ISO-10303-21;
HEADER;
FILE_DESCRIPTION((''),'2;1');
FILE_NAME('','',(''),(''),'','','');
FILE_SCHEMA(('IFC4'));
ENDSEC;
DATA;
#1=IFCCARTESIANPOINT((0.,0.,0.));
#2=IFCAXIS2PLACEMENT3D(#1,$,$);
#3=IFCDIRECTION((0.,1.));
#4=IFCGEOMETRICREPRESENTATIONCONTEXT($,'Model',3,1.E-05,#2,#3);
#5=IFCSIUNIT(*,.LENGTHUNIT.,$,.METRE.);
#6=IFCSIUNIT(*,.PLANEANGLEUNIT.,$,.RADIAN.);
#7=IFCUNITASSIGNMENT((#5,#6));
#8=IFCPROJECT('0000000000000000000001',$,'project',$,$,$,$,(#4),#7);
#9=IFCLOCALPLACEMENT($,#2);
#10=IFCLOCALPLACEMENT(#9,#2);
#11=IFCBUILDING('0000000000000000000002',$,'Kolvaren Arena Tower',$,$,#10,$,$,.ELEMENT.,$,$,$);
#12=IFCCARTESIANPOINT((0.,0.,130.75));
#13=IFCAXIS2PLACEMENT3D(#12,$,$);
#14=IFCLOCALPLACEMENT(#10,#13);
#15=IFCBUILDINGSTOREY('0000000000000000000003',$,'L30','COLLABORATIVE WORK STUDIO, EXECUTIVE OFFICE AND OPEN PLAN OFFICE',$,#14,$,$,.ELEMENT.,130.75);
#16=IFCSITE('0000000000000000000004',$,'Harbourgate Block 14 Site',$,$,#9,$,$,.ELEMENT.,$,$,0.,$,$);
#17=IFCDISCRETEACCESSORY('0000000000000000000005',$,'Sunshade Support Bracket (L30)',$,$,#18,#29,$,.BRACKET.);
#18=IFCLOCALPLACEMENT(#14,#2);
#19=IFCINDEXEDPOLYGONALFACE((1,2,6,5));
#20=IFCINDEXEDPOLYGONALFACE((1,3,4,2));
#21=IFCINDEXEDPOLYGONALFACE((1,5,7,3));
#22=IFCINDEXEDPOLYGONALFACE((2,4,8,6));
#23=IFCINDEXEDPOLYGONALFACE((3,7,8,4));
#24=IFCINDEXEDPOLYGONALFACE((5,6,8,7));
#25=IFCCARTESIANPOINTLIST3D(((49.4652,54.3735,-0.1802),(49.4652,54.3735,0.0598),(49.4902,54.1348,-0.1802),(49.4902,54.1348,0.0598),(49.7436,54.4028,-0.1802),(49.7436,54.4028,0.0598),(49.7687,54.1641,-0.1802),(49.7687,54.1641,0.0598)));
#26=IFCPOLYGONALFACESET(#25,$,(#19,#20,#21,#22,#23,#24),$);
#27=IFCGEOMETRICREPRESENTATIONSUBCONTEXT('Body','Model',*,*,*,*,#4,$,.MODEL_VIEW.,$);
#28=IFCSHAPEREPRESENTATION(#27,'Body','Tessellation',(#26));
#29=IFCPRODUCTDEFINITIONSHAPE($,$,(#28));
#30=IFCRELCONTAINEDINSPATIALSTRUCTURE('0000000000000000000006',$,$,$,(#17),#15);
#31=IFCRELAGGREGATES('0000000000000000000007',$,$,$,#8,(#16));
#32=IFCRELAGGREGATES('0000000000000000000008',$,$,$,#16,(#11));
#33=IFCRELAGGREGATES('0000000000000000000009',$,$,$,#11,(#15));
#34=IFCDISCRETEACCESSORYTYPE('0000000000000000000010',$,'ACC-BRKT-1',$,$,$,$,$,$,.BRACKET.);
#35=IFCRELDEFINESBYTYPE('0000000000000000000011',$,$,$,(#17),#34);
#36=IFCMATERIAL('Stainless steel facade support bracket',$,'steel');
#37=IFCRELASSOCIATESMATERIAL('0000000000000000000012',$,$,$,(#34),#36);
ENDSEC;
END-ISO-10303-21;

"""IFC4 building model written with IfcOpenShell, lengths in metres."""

from ifc_helpers import new_model, si_unit, direction, frame, origin, origin_2d, place, context, subcontext, project, spatial, rectangle, extrude, material, type_object, element, save


model = new_model("IFC4")

# Units and contexts
model_context = context("Model", 3, precision=1e-05, world=origin(), true_north=direction((0.0, 1.0)))
body_context = subcontext(model_context, "Body", "Model", "MODEL_VIEW")
ifc_project = project(units=[si_unit("LENGTHUNIT", "METRE"), si_unit("PLANEANGLEUNIT", "RADIAN")], contexts=[model_context])

# Site, building, storey
site_placement = place(None, origin())
site = spatial("IfcSite", under=ifc_project, at=site_placement, Name="Harbourgate Block 14 Site", CompositionType="ELEMENT", RefElevation=0.0)
building_placement = place(site_placement, origin())
building = spatial("IfcBuilding", under=site, at=building_placement, Name="Kolvaren Arena Tower", CompositionType="ELEMENT")
storey_placement = place(building_placement, frame((0.0, 0.0, 130.75)))
storey = spatial("IfcBuildingStorey", under=building, at=storey_placement, Name="L30", Description="COLLABORATIVE WORK STUDIO, EXECUTIVE OFFICE AND OPEN PLAN OFFICE", CompositionType="ELEMENT", Elevation=130.75)

# Discrete accessory
ifc_material_1 = material(Name="Stainless steel facade support bracket", Category="steel")
discrete_accessory_type = type_object("IfcDiscreteAccessoryType", Name="ACC-BRKT-1", PredefinedType="BRACKET", material=ifc_material_1)
for number, where, z_axis, x_axis, name in (
    (1, (49.6169, 54.2688, -0.1802), (0.0, 0.0, 1.0), (0.994522, 0.104527, 0.0), "Sunshade Support Bracket (L30)"),
):
    element("IfcDiscreteAccessory", number, at=place(storey_placement, frame(where, z_axis=z_axis, x_axis=x_axis)), inside=storey, type_object=discrete_accessory_type, Name=name, PredefinedType="BRACKET", context=body_context, shape_type="SweptSolid", body=[
        extrude(rectangle(XDim=0.28, YDim=0.24, at=origin_2d()), origin(), (0.0, 0.0, 1.0), 0.24),
    ])

save(model, "model.ifc")
